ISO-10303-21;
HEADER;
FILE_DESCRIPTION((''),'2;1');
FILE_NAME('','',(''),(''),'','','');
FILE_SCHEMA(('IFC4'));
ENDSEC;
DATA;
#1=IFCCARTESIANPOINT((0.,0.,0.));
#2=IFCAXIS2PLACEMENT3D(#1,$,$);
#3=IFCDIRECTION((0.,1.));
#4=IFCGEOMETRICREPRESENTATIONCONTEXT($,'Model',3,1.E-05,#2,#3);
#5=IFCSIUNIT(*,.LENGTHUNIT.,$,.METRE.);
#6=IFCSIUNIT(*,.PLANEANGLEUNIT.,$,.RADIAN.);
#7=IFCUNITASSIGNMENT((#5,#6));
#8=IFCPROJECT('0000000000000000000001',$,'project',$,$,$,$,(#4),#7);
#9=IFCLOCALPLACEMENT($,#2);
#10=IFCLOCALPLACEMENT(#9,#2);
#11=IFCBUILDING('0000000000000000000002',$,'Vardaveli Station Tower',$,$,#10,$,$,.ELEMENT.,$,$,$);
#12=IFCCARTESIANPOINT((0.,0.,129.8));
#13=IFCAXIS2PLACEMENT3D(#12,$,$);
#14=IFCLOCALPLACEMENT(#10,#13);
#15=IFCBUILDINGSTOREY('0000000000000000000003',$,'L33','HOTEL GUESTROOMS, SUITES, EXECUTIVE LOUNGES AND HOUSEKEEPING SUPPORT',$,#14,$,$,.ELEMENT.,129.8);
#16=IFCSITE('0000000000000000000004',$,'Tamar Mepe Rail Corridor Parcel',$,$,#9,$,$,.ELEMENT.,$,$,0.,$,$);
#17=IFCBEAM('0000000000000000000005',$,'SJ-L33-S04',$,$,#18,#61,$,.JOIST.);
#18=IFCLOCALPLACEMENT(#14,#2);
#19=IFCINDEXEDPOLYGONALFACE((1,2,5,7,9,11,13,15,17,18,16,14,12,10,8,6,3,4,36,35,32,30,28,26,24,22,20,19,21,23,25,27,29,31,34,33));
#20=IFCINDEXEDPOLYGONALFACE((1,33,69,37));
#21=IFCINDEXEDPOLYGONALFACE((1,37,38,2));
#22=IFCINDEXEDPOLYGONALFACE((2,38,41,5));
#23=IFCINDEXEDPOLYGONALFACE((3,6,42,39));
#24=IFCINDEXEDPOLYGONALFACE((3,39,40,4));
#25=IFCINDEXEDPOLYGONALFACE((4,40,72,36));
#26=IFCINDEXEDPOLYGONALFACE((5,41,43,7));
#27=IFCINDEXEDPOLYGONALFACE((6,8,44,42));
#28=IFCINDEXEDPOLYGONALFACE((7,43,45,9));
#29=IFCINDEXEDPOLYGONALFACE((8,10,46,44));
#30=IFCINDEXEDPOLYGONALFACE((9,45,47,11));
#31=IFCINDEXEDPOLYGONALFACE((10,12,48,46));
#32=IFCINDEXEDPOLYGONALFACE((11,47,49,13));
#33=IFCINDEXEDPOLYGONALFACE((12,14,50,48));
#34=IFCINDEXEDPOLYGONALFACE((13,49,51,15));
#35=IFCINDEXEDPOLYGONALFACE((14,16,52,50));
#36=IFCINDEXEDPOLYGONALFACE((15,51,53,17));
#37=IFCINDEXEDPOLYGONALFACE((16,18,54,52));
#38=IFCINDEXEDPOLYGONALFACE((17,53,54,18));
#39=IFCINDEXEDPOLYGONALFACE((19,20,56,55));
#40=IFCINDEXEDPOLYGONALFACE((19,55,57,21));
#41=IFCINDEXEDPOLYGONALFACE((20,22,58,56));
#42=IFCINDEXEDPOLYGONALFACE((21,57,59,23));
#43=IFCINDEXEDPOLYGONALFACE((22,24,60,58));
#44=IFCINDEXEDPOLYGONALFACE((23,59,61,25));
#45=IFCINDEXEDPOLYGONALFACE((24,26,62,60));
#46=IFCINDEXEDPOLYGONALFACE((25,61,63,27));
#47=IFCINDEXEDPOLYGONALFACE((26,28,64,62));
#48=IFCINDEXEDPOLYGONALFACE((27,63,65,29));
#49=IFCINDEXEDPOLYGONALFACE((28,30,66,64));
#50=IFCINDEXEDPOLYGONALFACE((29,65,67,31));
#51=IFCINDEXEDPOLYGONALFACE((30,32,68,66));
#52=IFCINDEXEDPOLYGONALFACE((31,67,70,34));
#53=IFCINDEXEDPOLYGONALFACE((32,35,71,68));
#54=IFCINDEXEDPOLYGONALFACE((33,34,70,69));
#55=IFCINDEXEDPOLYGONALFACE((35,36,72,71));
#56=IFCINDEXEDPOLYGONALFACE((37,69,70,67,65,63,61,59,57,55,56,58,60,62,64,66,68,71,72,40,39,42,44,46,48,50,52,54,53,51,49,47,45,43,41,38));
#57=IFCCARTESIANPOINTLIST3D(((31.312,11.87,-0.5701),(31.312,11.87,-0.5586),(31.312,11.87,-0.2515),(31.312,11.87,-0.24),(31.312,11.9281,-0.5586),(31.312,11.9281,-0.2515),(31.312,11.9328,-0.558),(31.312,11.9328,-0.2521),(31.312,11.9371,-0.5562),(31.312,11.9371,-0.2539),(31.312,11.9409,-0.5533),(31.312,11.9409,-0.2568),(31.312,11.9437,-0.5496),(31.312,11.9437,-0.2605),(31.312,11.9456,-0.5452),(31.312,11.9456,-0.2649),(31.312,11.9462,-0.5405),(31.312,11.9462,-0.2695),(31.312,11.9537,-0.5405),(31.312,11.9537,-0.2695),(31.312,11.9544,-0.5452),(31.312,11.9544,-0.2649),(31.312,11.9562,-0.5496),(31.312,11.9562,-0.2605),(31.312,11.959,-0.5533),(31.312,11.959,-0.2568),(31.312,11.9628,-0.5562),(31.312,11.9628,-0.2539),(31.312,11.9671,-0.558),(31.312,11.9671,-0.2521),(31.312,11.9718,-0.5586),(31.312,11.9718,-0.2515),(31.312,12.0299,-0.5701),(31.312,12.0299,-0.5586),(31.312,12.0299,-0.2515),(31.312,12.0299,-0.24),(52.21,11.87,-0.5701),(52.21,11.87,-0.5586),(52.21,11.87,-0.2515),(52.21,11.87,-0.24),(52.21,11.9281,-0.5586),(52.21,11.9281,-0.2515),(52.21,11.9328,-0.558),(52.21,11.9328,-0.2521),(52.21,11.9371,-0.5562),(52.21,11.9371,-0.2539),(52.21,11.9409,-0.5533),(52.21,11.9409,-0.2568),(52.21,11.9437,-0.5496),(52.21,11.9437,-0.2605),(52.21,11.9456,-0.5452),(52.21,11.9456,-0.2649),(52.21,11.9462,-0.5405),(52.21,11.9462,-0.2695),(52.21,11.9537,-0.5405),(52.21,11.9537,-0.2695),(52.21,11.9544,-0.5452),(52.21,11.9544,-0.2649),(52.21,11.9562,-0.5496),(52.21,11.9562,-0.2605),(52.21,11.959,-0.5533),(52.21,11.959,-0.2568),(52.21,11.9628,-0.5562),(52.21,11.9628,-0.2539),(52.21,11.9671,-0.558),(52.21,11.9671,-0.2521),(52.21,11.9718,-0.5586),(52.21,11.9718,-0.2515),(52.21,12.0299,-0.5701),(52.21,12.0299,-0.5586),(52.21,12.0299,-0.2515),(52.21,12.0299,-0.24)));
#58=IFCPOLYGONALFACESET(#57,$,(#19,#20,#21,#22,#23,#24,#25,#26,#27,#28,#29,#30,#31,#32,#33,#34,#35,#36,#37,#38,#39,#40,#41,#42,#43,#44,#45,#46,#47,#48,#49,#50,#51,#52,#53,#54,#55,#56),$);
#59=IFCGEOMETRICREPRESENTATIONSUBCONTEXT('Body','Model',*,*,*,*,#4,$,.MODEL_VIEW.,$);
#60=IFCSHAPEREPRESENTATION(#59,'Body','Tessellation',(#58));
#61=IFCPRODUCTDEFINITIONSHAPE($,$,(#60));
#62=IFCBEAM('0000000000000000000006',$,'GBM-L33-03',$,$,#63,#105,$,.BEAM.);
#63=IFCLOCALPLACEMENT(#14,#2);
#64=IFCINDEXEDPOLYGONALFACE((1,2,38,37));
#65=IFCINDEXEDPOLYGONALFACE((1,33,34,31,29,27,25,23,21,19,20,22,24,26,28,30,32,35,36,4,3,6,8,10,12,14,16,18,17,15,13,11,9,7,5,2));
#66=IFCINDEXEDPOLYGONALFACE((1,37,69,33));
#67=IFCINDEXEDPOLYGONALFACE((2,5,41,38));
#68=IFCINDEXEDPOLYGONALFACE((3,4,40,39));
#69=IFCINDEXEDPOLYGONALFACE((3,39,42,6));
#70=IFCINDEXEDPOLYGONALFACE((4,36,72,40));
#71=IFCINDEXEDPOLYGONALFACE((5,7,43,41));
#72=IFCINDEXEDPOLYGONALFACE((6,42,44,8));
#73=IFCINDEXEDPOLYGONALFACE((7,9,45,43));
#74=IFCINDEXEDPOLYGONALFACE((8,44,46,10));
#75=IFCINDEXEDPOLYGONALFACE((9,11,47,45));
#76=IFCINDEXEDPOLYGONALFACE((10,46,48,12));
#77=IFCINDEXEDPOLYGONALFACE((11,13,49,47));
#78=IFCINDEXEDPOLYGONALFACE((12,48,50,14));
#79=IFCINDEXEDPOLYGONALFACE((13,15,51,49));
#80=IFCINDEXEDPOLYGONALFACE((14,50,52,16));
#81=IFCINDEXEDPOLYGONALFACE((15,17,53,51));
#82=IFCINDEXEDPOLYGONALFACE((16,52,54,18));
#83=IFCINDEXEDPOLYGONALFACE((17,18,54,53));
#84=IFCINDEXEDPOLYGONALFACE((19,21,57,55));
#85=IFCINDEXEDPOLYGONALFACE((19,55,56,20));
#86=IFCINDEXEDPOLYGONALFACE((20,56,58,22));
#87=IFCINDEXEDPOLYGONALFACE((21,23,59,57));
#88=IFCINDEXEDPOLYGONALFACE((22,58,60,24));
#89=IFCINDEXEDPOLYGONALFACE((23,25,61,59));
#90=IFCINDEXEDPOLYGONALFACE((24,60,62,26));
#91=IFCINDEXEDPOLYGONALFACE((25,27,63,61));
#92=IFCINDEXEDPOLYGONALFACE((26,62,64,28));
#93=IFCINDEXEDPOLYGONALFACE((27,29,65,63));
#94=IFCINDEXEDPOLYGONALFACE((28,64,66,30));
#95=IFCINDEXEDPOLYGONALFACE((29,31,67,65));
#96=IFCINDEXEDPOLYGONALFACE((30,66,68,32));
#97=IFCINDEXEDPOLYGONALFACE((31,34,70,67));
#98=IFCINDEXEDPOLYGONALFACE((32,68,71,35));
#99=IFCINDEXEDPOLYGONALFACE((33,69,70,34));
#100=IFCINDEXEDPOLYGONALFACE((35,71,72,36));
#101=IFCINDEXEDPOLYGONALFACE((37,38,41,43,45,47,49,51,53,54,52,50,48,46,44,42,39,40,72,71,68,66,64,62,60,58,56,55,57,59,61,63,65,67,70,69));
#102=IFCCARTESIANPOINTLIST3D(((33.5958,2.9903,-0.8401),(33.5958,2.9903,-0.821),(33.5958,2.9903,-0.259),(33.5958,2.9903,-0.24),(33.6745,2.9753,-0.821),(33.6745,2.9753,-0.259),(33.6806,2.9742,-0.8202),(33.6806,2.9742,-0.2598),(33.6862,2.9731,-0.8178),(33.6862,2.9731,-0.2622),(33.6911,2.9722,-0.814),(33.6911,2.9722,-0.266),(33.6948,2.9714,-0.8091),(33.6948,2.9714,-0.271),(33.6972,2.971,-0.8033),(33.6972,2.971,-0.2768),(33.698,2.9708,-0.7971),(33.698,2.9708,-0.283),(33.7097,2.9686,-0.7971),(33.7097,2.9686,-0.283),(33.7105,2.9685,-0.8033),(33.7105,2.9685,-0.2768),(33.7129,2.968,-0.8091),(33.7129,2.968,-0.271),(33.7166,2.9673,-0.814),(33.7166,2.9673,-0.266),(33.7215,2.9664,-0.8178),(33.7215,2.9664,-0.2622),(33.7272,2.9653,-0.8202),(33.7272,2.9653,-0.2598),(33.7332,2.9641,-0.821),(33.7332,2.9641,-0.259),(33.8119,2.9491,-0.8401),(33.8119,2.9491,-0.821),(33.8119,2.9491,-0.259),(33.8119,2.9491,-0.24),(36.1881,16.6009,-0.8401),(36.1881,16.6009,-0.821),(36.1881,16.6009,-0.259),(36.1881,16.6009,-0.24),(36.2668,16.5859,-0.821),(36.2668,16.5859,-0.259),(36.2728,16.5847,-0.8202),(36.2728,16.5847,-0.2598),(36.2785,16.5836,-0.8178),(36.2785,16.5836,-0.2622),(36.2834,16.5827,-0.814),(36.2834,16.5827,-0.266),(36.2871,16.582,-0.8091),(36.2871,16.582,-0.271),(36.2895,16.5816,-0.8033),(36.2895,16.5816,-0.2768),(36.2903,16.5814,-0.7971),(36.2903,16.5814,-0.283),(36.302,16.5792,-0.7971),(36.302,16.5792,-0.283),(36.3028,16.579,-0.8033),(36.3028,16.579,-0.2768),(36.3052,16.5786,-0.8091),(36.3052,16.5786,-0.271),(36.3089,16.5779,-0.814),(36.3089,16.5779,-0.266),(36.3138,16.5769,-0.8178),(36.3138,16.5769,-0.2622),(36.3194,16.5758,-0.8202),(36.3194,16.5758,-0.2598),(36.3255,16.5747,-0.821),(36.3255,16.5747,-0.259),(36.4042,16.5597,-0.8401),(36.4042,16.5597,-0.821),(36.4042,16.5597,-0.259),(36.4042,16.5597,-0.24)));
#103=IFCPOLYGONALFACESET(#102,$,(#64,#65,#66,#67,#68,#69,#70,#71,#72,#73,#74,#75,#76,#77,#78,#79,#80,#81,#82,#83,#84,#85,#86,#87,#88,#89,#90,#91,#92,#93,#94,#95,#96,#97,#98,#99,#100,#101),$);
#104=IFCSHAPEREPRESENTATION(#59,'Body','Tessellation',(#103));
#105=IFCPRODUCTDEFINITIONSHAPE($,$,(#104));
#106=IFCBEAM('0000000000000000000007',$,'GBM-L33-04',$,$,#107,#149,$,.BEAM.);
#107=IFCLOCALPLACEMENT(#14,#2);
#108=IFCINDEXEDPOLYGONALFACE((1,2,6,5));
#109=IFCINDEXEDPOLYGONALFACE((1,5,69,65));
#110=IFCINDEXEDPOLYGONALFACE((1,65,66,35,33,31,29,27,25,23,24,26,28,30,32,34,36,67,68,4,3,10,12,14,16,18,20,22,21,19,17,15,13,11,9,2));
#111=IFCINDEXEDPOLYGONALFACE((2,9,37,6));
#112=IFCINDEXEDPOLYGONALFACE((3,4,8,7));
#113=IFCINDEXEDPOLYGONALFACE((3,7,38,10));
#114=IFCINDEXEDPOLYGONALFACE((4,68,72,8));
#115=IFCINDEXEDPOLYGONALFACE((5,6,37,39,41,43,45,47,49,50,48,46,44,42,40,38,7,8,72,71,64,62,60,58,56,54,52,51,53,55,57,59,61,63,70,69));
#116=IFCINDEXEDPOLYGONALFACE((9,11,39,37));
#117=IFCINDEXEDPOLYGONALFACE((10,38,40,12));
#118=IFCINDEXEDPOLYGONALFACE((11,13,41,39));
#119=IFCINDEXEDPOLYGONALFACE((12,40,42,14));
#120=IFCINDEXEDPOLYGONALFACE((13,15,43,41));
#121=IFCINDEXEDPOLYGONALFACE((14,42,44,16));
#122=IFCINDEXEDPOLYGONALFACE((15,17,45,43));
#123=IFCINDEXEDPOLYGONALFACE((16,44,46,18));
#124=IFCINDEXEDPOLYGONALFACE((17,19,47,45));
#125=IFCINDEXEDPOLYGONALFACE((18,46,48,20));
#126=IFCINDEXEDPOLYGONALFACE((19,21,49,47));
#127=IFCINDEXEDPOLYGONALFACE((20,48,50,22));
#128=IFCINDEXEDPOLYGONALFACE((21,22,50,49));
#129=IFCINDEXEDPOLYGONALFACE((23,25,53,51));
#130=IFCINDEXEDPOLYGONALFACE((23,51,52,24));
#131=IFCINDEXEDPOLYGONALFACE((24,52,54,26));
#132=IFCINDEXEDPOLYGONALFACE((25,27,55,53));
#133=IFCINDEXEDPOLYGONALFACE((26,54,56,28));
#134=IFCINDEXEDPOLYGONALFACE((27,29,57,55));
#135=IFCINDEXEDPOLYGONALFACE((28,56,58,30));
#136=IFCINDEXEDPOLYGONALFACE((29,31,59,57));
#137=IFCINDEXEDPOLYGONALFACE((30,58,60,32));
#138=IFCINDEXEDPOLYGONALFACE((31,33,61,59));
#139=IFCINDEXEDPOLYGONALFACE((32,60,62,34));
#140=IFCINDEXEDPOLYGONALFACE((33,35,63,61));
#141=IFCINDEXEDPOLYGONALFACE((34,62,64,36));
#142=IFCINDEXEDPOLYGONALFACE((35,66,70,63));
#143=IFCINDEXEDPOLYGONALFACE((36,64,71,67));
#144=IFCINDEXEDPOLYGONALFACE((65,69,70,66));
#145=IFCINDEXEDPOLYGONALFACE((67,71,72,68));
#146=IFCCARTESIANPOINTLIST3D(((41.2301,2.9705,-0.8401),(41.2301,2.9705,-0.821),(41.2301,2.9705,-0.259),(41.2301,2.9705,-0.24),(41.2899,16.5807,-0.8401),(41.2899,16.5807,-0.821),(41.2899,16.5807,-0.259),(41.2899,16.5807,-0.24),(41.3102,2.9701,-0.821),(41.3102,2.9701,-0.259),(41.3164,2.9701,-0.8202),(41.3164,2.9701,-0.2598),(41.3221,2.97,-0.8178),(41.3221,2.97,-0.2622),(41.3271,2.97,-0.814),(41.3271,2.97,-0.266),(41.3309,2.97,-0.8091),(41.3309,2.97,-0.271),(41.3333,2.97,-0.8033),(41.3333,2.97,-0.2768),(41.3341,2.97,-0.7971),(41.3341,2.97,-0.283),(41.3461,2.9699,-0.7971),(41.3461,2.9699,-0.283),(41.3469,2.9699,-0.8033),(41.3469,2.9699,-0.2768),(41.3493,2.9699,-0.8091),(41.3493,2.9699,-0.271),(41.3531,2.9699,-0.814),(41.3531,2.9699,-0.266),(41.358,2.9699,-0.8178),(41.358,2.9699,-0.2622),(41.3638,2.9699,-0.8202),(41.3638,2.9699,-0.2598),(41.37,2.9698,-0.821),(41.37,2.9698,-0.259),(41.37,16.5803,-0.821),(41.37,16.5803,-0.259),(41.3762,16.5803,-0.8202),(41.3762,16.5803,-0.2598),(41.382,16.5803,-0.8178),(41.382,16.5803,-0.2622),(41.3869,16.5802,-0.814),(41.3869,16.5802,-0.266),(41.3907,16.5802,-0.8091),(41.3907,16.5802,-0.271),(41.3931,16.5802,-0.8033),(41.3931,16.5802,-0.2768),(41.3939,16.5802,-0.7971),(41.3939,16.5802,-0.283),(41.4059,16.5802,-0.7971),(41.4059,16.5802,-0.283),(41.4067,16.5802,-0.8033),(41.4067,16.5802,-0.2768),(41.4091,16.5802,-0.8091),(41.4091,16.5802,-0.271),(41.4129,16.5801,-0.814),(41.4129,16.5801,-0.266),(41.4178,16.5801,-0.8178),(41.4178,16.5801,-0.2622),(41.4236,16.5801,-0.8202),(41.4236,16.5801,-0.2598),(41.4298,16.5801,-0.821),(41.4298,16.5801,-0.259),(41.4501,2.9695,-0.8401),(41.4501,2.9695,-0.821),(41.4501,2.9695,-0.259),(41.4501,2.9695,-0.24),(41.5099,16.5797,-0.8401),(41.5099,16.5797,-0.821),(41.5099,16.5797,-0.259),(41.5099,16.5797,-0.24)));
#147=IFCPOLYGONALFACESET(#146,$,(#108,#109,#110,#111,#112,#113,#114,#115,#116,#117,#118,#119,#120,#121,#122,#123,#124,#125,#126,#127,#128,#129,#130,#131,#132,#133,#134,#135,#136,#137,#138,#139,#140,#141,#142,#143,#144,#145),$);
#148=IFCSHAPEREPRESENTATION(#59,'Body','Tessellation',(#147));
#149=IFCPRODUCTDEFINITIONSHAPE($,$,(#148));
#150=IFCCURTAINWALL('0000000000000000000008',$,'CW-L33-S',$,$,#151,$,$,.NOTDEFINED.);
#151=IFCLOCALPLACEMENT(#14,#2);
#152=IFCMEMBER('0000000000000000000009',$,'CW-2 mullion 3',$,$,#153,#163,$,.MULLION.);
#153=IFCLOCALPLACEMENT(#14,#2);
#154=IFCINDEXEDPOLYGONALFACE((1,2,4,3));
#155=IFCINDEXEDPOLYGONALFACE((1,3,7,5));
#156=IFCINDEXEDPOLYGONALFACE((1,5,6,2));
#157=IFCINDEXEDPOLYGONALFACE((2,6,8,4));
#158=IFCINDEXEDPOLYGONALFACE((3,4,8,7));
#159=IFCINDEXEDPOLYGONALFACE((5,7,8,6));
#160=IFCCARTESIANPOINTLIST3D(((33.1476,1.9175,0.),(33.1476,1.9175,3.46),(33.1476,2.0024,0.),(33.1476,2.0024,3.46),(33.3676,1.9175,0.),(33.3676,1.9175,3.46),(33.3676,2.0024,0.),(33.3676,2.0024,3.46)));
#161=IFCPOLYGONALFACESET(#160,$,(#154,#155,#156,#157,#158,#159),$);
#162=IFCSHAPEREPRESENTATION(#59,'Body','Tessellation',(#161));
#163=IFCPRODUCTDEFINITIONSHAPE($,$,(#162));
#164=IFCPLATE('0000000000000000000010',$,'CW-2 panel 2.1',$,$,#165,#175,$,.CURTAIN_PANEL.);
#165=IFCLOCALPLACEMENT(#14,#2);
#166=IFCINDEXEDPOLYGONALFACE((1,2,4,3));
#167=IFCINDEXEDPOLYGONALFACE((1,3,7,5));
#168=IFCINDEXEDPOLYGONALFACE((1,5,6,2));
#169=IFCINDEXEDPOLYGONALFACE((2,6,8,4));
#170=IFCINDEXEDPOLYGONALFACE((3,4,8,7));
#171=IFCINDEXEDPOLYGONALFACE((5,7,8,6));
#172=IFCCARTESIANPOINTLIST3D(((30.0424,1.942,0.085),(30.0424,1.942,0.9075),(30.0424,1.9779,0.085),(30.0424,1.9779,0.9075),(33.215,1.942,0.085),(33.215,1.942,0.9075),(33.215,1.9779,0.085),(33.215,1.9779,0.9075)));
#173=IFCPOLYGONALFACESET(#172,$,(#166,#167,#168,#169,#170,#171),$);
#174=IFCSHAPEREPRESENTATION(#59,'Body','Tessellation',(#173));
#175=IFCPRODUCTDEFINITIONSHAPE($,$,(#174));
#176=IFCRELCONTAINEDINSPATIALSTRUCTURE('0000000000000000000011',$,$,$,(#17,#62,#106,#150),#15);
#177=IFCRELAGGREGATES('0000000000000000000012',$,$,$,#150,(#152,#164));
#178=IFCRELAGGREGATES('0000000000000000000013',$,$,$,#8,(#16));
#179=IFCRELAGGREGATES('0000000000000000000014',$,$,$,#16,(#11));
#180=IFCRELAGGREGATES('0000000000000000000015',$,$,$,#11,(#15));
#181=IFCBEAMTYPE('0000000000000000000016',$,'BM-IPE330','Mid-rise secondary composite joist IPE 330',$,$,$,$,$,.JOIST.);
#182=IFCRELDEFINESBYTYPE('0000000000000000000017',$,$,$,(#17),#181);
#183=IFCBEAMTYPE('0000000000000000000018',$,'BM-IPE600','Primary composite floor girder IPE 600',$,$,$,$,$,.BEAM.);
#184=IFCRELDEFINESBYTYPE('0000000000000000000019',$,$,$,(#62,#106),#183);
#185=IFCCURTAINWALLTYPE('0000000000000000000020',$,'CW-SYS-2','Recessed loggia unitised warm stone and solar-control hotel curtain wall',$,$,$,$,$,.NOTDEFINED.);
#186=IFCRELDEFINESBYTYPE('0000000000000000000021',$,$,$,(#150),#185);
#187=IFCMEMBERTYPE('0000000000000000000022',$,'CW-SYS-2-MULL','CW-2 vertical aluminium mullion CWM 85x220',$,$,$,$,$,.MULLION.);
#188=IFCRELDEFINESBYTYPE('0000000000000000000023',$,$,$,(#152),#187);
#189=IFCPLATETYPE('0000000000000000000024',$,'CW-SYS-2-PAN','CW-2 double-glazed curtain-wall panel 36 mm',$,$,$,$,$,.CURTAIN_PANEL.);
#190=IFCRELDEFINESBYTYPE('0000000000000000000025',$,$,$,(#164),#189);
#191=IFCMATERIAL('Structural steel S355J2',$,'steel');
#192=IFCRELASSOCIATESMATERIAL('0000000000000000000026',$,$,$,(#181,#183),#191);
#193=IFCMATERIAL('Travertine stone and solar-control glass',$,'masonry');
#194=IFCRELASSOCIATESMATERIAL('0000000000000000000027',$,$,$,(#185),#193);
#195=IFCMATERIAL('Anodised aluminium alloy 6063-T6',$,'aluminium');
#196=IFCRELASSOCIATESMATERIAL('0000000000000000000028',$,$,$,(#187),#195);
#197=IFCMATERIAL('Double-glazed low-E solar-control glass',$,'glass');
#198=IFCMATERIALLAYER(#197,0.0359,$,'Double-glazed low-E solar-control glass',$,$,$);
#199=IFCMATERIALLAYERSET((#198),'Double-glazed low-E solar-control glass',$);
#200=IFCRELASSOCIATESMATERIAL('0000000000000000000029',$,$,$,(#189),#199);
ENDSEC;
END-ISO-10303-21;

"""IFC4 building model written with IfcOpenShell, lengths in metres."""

from ifc_helpers import new_model, si_unit, direction, frame, origin, origin_2d, place, context, subcontext, project, spatial, rectangle, i_section, extrude, source, transform, mapped, material, layer, layer_set, material_profile, profile_set, type_object, element, aggregate, save


model = new_model("IFC4")

# Units and contexts
model_context = context("Model", 3, precision=1e-05, world=origin(), true_north=direction((0.0, 1.0)))
body_context = subcontext(model_context, "Body", "Model", "MODEL_VIEW")
ifc_project = project(units=[si_unit("LENGTHUNIT", "METRE"), si_unit("PLANEANGLEUNIT", "RADIAN")], contexts=[model_context])

# Site, building, storey
site_placement = place(None, origin())
site = spatial("IfcSite", under=ifc_project, at=site_placement, Name="Tamar Mepe Rail Corridor Parcel", CompositionType="ELEMENT", RefElevation=0.0)
building_placement = place(site_placement, origin())
building = spatial("IfcBuilding", under=site, at=building_placement, Name="Vardaveli Station Tower", CompositionType="ELEMENT")
storey_placement = place(building_placement, frame((0.0, 0.0, 129.8)))
storey = spatial("IfcBuildingStorey", under=building, at=storey_placement, Name="L33", Description="HOTEL GUESTROOMS, SUITES, EXECUTIVE LOUNGES AND HOUSEKEEPING SUPPORT", CompositionType="ELEMENT", Elevation=129.8)

# Beams
ifc_material_1 = material(Name="Structural steel S355J2", Category="steel")
ifc_material_profile_1 = material_profile(ifc_material_1, i_section(OverallWidth=0.1599, OverallDepth=0.3301, WebThickness=0.0076, FlangeThickness=0.0115, FilletRadius=0.0181, at=origin_2d()), Name="IPE 330")
ifc_profile_set_1 = profile_set([ifc_material_profile_1], Name="Structural steel S355J2")
beam_type_1 = type_object("IfcBeamType", Name="BM-IPE330", Description="Mid-rise secondary composite joist IPE 330", PredefinedType="JOIST", material=ifc_profile_set_1)
shared_shape_1 = source(origin(), body_context, "Body", "SweptSolid", [
    extrude(i_section(OverallWidth=0.1599, OverallDepth=0.3301, WebThickness=0.0076, FlangeThickness=0.0115, FilletRadius=0.0181, at=origin_2d()), origin(), (0.0, 0.0, 1.0), 20.8979),
])
for number, where, z_axis, x_axis, name in (
    (1, (31.312, 11.95, -0.405), (1.0, 0.0, 0.0), (0.0, 1.0, 0.0), "SJ-L33-S04"),
):
    element("IfcBeam", number, at=place(storey_placement, frame(where, z_axis=z_axis, x_axis=x_axis)), inside=storey, type_object=beam_type_1, Name=name, PredefinedType="JOIST", context=body_context, shape_type="MappedRepresentation", body=[
        mapped(shared_shape_1, transform((0.0, 0.0, 0.0), scale=1.0)),
    ])
ifc_material_profile_2 = material_profile(ifc_material_1, i_section(OverallWidth=0.22, OverallDepth=0.6001, WebThickness=0.012, FlangeThickness=0.019, FilletRadius=0.0239, at=origin_2d()), Name="IPE 600")
ifc_profile_set_2 = profile_set([ifc_material_profile_2], Name="Structural steel S355J2")
beam_type_2 = type_object("IfcBeamType", Name="BM-IPE600", Description="Primary composite floor girder IPE 600", PredefinedType="BEAM", material=ifc_profile_set_2)
shared_shape_2 = source(origin(), body_context, "Body", "SweptSolid", [
    extrude(i_section(OverallWidth=0.22, OverallDepth=0.6001, WebThickness=0.012, FlangeThickness=0.019, FilletRadius=0.0239, at=origin_2d()), origin(), (0.0, 0.0, 1.0), 13.8552),
])
beam_1_placement = place(storey_placement, frame((33.7039, 2.9697, -0.54), z_axis=(0.187098, 0.982341, 0.0), x_axis=(-0.982341, 0.187098, 0.0)))
element("IfcBeam", 2, at=beam_1_placement, inside=storey, type_object=beam_type_2, Name="GBM-L33-03", PredefinedType="BEAM", context=body_context, shape_type="MappedRepresentation", body=[
    mapped(shared_shape_2, transform((0.0, 0.0, 0.0), scale=1.0)),
])
shared_shape_3 = source(origin(), body_context, "Body", "SweptSolid", [
    extrude(i_section(OverallWidth=0.22, OverallDepth=0.6001, WebThickness=0.012, FlangeThickness=0.019, FilletRadius=0.0239, at=origin_2d()), origin(), (0.0, 0.0, 1.0), 13.6104),
])
beam_2_placement = place(storey_placement, frame((41.3401, 2.97, -0.54), z_axis=(0.004395, 0.99999, 0.0), x_axis=(-0.99999, 0.004395, 0.0)))
element("IfcBeam", 3, at=beam_2_placement, inside=storey, type_object=beam_type_2, Name="GBM-L33-04", PredefinedType="BEAM", context=body_context, shape_type="MappedRepresentation", body=[
    mapped(shared_shape_3, transform((0.0, 0.0, 0.0), scale=1.0)),
])

# Curtain wall, member, plate
ifc_material_2 = material(Name="Travertine stone and solar-control glass", Category="masonry")
curtain_wall_type = type_object("IfcCurtainWallType", Name="CW-SYS-2", Description="Recessed loggia unitised warm stone and solar-control hotel curtain wall", PredefinedType="NOTDEFINED", material=ifc_material_2)
curtain_wall_placement = place(storey_placement, origin())
curtain_wall = element("IfcCurtainWall", 4, at=curtain_wall_placement, inside=storey, type_object=curtain_wall_type, Name="CW-L33-S", PredefinedType="NOTDEFINED")
ifc_material_3 = material(Name="Anodised aluminium alloy 6063-T6", Category="aluminium")
ifc_material_profile_3 = material_profile(ifc_material_3, rectangle(XDim=0.085, YDim=0.22, at=origin_2d()), Name="CWM 85x220")
ifc_profile_set_3 = profile_set([ifc_material_profile_3], Name="Anodised aluminium alloy 6063-T6")
member_type = type_object("IfcMemberType", Name="CW-SYS-2-MULL", Description="CW-2 vertical aluminium mullion CWM 85x220", PredefinedType="MULLION", material=ifc_profile_set_3)
shared_shape_4 = source(origin(), body_context, "Body", "SweptSolid", [
    extrude(rectangle(XDim=0.085, YDim=0.22, at=origin_2d()), origin(), (0.0, 0.0, 1.0), 3.46),
])
member_placement = place(storey_placement, frame((33.2576, 1.96, 0.0), z_axis=(0.0, 0.0, 1.0), x_axis=(0.0, 1.0, 0.0)))
member = element("IfcMember", 5, at=member_placement, type_object=member_type, Name="CW-2 mullion 3", PredefinedType="MULLION", context=body_context, shape_type="MappedRepresentation", body=[
    mapped(shared_shape_4, transform((0.0, 0.0, 0.0), scale=1.0)),
])
ifc_material_4 = material(Name="Double-glazed low-E solar-control glass", Category="glass")
ifc_layer_1 = layer(ifc_material_4, 0.0359, Name="Double-glazed low-E solar-control glass")
ifc_layer_set_1 = layer_set([ifc_layer_1], Name="Double-glazed low-E solar-control glass")
plate_type = type_object("IfcPlateType", Name="CW-SYS-2-PAN", Description="CW-2 double-glazed curtain-wall panel 36 mm", PredefinedType="CURTAIN_PANEL", material=ifc_layer_set_1)
shared_shape_5 = source(origin(), body_context, "Body", "SweptSolid", [
    extrude(rectangle(XDim=3.1726, YDim=0.0359, at=origin_2d()), origin(), (0.0, 0.0, 1.0), 0.8225),
])
plate_1_placement = place(storey_placement, frame((31.6287, 1.96, 0.085), z_axis=(0.0, 0.0, 1.0), x_axis=(1.0, 0.0, 0.0)))
plate_1 = element("IfcPlate", 6, at=plate_1_placement, type_object=plate_type, Name="CW-2 panel 2.1", PredefinedType="CURTAIN_PANEL", context=body_context, shape_type="MappedRepresentation", body=[
    mapped(shared_shape_5, transform((0.0, 0.0, 0.0), scale=1.0)),
])
aggregate(curtain_wall, [member, plate_1])

save(model, "model.ifc")
